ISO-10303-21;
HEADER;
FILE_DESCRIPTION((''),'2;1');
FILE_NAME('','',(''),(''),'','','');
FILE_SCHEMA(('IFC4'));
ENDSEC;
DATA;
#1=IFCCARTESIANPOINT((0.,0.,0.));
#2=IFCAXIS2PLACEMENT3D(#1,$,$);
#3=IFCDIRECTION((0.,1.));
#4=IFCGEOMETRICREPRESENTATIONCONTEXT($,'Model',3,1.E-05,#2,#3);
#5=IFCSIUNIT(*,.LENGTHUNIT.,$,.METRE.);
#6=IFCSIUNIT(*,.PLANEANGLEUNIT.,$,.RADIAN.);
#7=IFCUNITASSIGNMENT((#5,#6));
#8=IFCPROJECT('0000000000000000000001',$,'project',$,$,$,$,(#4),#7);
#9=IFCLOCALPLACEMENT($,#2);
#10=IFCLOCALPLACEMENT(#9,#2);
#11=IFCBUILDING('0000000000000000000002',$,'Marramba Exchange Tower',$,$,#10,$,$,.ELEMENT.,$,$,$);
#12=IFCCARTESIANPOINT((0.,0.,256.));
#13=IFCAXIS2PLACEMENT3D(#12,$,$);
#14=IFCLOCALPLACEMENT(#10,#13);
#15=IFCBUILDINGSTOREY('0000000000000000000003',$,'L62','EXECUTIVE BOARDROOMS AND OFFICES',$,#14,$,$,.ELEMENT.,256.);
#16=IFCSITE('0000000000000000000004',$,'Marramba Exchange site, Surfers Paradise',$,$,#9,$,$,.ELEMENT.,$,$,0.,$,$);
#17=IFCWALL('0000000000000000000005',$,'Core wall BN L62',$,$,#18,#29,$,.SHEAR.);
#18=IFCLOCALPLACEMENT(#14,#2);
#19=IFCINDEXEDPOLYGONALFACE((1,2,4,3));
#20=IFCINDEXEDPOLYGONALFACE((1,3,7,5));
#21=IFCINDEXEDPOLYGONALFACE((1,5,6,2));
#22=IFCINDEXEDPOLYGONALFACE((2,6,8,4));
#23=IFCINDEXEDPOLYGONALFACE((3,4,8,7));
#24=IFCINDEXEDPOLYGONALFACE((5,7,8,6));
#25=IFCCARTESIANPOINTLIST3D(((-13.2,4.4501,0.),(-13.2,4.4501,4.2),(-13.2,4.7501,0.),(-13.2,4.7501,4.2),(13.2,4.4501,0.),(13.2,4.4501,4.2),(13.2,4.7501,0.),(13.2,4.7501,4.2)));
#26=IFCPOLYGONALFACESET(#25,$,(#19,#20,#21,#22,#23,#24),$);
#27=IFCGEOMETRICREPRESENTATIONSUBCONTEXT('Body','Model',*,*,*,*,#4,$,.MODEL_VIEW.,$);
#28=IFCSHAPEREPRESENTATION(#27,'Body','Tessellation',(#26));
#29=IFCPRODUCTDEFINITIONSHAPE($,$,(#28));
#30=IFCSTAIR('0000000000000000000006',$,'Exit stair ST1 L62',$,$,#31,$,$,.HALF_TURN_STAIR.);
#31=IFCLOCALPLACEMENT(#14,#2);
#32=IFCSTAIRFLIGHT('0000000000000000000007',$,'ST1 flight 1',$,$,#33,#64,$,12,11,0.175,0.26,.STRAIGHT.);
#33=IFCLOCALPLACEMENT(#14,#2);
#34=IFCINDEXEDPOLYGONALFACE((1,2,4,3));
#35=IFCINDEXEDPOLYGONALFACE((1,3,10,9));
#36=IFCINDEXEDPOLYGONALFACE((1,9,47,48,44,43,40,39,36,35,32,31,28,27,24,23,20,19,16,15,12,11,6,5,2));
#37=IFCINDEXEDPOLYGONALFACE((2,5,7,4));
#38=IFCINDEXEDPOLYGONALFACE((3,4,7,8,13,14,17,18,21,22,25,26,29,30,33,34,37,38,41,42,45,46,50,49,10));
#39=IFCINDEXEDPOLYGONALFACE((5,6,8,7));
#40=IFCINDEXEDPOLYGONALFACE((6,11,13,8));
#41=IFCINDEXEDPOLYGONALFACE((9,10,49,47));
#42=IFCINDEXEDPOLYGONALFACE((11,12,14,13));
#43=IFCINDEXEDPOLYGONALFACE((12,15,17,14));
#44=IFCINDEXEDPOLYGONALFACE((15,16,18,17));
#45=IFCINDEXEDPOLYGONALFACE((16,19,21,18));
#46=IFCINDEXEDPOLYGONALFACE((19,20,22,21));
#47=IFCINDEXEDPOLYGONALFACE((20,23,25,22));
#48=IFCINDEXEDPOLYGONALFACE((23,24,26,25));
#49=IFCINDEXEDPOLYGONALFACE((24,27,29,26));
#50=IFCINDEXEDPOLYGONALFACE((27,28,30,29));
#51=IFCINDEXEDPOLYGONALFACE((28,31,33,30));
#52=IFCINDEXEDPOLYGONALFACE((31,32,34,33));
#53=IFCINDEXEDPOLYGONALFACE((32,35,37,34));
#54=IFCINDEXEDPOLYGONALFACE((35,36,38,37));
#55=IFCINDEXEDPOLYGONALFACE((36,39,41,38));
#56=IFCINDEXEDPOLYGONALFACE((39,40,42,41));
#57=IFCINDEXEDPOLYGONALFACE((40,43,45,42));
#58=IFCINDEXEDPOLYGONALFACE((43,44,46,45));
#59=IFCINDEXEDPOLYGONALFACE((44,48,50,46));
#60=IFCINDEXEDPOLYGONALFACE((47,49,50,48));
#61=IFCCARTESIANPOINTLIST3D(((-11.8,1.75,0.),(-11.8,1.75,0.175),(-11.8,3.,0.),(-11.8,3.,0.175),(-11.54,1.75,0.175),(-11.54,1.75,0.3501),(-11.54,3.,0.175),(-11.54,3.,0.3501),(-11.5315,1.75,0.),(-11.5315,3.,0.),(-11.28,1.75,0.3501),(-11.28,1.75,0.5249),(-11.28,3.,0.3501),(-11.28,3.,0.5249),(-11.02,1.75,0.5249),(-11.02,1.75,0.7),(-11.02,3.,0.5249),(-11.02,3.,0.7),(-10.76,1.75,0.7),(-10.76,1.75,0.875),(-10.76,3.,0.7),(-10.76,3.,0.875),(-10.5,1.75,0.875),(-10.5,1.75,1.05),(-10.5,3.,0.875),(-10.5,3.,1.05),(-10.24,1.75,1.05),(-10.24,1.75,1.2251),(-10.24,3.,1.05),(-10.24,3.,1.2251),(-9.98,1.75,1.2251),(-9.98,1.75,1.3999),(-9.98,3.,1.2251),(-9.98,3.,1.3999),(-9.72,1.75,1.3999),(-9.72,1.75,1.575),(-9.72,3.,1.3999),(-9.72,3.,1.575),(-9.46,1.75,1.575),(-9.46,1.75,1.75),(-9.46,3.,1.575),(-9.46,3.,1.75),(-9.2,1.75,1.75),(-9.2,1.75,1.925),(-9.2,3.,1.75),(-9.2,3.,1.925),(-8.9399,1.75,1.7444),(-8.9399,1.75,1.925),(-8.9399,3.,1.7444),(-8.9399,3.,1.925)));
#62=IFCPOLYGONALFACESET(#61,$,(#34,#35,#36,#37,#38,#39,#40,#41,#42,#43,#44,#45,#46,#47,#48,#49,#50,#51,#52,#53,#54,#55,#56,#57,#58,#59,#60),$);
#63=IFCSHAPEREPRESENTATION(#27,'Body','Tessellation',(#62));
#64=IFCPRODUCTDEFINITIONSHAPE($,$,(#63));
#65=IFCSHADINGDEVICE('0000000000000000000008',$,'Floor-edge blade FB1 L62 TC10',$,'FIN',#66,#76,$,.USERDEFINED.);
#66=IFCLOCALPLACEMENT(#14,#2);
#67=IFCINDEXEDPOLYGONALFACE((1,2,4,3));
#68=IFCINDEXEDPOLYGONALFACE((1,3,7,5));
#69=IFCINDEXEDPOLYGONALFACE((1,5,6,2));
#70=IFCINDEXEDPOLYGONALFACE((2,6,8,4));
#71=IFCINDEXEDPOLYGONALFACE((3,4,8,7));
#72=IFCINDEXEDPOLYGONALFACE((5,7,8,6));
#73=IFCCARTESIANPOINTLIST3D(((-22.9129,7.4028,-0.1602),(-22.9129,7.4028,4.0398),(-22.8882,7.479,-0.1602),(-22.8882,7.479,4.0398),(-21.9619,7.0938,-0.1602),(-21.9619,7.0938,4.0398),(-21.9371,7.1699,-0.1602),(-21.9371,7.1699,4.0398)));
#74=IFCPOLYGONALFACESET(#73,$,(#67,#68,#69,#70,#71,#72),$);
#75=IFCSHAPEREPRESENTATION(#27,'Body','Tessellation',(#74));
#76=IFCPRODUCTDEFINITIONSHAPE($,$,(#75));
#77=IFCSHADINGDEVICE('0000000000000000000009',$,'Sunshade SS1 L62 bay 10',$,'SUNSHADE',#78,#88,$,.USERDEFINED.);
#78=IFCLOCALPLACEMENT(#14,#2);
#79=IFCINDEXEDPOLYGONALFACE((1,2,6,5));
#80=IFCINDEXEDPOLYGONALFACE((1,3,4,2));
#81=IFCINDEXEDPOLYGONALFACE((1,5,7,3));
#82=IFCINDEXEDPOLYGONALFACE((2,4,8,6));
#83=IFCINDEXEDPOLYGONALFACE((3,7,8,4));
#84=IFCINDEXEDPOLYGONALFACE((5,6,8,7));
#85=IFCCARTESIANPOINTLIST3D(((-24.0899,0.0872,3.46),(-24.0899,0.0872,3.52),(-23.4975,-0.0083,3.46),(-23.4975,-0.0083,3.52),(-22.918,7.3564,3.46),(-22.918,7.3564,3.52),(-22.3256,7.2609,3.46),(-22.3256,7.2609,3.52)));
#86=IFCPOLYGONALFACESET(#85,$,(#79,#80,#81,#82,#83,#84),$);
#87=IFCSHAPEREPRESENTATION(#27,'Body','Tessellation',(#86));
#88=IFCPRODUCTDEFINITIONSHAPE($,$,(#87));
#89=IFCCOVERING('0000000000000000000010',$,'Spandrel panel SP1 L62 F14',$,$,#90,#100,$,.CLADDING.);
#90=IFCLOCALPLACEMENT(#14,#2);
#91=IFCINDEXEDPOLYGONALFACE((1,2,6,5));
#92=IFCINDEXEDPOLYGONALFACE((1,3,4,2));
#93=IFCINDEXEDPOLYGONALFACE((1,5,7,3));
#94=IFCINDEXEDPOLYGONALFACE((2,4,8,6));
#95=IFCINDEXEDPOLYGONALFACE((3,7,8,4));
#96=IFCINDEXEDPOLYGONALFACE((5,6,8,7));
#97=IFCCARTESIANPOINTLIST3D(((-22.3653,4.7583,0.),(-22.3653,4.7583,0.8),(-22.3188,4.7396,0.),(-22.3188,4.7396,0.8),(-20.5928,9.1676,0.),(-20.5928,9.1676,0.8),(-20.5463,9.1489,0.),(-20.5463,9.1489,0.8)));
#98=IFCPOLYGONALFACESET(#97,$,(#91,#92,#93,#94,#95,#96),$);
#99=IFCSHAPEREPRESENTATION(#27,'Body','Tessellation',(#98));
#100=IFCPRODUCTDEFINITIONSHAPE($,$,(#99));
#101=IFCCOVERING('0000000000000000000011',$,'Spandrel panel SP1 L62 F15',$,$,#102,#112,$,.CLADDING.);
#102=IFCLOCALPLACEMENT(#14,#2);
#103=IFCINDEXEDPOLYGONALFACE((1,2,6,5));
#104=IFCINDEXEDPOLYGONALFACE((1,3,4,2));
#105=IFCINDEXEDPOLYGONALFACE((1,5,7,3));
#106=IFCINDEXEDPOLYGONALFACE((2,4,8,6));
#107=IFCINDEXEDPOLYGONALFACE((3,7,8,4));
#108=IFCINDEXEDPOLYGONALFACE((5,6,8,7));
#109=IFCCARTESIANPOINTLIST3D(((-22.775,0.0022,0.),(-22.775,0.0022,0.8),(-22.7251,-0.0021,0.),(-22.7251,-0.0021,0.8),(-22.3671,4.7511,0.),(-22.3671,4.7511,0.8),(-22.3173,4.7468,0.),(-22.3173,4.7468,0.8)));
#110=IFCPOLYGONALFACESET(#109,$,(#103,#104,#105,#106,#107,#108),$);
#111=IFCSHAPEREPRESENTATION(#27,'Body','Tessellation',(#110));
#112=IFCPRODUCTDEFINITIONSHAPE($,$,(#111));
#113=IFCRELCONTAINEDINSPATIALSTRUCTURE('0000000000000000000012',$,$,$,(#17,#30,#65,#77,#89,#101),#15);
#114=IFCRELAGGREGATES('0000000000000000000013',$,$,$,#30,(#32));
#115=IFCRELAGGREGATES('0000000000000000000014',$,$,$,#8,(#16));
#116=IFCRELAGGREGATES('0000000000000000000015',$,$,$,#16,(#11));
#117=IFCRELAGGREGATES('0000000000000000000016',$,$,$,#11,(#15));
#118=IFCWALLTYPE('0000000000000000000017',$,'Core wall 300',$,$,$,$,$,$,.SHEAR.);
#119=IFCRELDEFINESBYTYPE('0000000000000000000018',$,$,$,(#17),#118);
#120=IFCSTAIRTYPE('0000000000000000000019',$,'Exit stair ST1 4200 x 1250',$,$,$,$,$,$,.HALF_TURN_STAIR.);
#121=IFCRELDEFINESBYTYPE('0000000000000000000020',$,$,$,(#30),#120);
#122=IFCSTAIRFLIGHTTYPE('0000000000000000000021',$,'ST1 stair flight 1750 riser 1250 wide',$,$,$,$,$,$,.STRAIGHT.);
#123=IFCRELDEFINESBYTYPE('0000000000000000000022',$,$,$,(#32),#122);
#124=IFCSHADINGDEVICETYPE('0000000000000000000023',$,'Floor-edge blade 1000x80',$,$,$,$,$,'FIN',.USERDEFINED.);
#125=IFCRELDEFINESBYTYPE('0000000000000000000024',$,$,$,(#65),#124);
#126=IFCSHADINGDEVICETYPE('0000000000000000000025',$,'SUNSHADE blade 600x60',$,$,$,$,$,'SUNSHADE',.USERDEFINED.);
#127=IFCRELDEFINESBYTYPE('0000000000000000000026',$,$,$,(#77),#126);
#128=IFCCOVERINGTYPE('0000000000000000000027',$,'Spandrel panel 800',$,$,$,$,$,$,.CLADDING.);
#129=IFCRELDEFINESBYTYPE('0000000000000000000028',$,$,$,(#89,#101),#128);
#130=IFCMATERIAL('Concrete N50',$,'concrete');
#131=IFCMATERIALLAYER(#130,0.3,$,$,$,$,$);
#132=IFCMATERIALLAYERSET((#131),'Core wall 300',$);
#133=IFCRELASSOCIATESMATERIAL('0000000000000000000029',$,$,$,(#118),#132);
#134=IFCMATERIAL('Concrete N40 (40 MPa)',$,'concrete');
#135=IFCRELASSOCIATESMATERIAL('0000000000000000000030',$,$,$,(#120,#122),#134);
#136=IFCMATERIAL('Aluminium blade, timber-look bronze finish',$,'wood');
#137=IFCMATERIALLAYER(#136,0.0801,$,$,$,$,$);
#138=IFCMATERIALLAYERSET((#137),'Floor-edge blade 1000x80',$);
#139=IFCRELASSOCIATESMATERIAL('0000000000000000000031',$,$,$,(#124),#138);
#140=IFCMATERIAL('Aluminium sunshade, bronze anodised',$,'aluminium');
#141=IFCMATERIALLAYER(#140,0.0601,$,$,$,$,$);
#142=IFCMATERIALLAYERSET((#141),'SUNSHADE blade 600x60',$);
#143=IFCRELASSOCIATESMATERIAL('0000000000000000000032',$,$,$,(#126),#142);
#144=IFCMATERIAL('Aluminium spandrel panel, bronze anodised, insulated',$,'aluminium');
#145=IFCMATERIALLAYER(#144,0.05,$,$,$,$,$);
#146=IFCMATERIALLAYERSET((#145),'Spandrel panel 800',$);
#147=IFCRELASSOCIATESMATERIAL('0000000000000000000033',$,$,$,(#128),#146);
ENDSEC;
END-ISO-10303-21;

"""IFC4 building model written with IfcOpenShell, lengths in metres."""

from ifc_helpers import new_model, si_unit, direction, frame, frame_2d, origin, origin_2d, place, context, subcontext, project, spatial, polyline, rectangle, outline, extrude, material, layer, layer_set, type_object, element, aggregate, save


model = new_model("IFC4")

# Units and contexts
model_context = context("Model", 3, precision=1e-05, world=origin(), true_north=direction((0.0, 1.0)))
body_context = subcontext(model_context, "Body", "Model", "MODEL_VIEW")
ifc_project = project(units=[si_unit("LENGTHUNIT", "METRE"), si_unit("PLANEANGLEUNIT", "RADIAN")], contexts=[model_context])

# Site, building, storey
site_placement = place(None, origin())
site = spatial("IfcSite", under=ifc_project, at=site_placement, Name="Marramba Exchange site, Surfers Paradise", CompositionType="ELEMENT", RefElevation=0.0)
building_placement = place(site_placement, origin())
building = spatial("IfcBuilding", under=site, at=building_placement, Name="Marramba Exchange Tower", CompositionType="ELEMENT")
storey_placement = place(building_placement, frame((0.0, 0.0, 256.0)))
storey = spatial("IfcBuildingStorey", under=building, at=storey_placement, Name="L62", Description="EXECUTIVE BOARDROOMS AND OFFICES", CompositionType="ELEMENT", Elevation=256.0)

# Shared definitions
ifc_material_1 = material(Name="Concrete N50", Category="concrete")

# Shared definitions
ifc_layer_1 = layer(ifc_material_1, 0.3)
ifc_layer_set_1 = layer_set([ifc_layer_1], Name="Core wall 300")
wall_type_1 = type_object("IfcWallType", Name="Core wall 300", PredefinedType="SHEAR", material=ifc_layer_set_1)

# Wall
wall_1_placement = place(storey_placement, frame((-13.2, 4.6001, 0.0), z_axis=(0.0, 0.0, 1.0), x_axis=(1.0, 0.0, 0.0)))
element("IfcWall", 1, at=wall_1_placement, inside=storey, type_object=wall_type_1, Name="Core wall BN L62", PredefinedType="SHEAR", context=body_context, shape_type="SweptSolid", body=[
    extrude(rectangle(XDim=26.3999, YDim=0.3, at=frame_2d((13.2, 0.0))), origin(), (0.0, 0.0, 1.0), 4.2),
])

# Stair, stair flight
ifc_material_2 = material(Name="Concrete N40 (40 MPa)", Category="concrete")
stair_type = type_object("IfcStairType", Name="Exit stair ST1 4200 x 1250", PredefinedType="HALF_TURN_STAIR", material=ifc_material_2)
stair_placement = place(storey_placement, origin())
stair = element("IfcStair", 2, at=stair_placement, inside=storey, type_object=stair_type, Name="Exit stair ST1 L62", PredefinedType="HALF_TURN_STAIR")
stair_flight_type = type_object("IfcStairFlightType", Name="ST1 stair flight 1750 riser 1250 wide", PredefinedType="STRAIGHT", material=ifc_material_2)
stair_flight_placement = place(storey_placement, frame((-11.8, 2.375, 0.0), z_axis=(0.0, 0.0, 1.0), x_axis=(1.0, 0.0, 0.0)))
stair_flight = element("IfcStairFlight", 3, at=stair_flight_placement, type_object=stair_flight_type, Name="ST1 flight 1", NumberOfRisers=12, NumberOfTreads=11, PredefinedType="STRAIGHT", RiserHeight=0.175, TreadLength=0.26, context=body_context, shape_type="SweptSolid", body=[
    extrude(outline(polyline([(0.0, 0.0), (0.0, 0.175), (0.26, 0.175), (0.26, 0.3501), (0.52, 0.3501), (0.52, 0.5249), (0.78, 0.5249), (0.78, 0.7), (1.04, 0.7), (1.04, 0.875), (1.3, 0.875), (1.3, 1.05), (1.5601, 1.05), (1.5601, 1.2251), (1.8201, 1.2251), (1.8201, 1.3999), (2.0801, 1.3999), (2.0801, 1.575), (2.3401, 1.575), (2.3401, 1.75), (2.6001, 1.75), (2.6001, 1.925), (2.8601, 1.925), (2.8601, 2.1001), (2.8601, 1.7444), (0.2686, 0.0), (0.0, 0.0)])), frame((0.0, 0.625, 0.0), z_axis=(0.0, -1.0, 0.0), x_axis=(1.0, 0.0, 0.0)), (0.0, 0.0, 1.0), 1.25),
])
aggregate(stair, [stair_flight])

# Shading devices
ifc_material_3 = material(Name="Aluminium blade, timber-look bronze finish", Category="wood")
ifc_layer_2 = layer(ifc_material_3, 0.0801)
ifc_layer_set_2 = layer_set([ifc_layer_2], Name="Floor-edge blade 1000x80")
shading_device_type_1 = type_object("IfcShadingDeviceType", Name="Floor-edge blade 1000x80", ElementType="FIN", PredefinedType="USERDEFINED", material=ifc_layer_set_2)
shading_device_1_placement = place(storey_placement, frame((-22.425, 7.2864, -0.1602), z_axis=(0.0, 0.0, 1.0), x_axis=(-0.951057, 0.309017, 0.0)))
element("IfcShadingDevice", 4, at=shading_device_1_placement, inside=storey, type_object=shading_device_type_1, Name="Floor-edge blade FB1 L62 TC10", ObjectType="FIN", PredefinedType="USERDEFINED", context=body_context, shape_type="SweptSolid", body=[
    extrude(rectangle(XDim=1.0, YDim=0.0801, at=origin_2d()), origin(), (0.0, 0.0, 1.0), 4.2),
])
ifc_material_4 = material(Name="Aluminium sunshade, bronze anodised", Category="aluminium")
ifc_layer_3 = layer(ifc_material_4, 0.0601)
ifc_layer_set_3 = layer_set([ifc_layer_3], Name="SUNSHADE blade 600x60")
shading_device_type_2 = type_object("IfcShadingDeviceType", Name="SUNSHADE blade 600x60", ElementType="SUNSHADE", PredefinedType="USERDEFINED", material=ifc_layer_set_3)
shading_device_2_placement = place(storey_placement, frame((-23.2078, 3.6741, 3.46), z_axis=(0.0, 0.0, 1.0), x_axis=(-0.159158, -0.987253, 0.0)))
element("IfcShadingDevice", 5, at=shading_device_2_placement, inside=storey, type_object=shading_device_type_2, Name="Sunshade SS1 L62 bay 10", ObjectType="SUNSHADE", PredefinedType="USERDEFINED", context=body_context, shape_type="SweptSolid", body=[
    extrude(rectangle(XDim=7.363, YDim=0.6001, at=origin_2d()), origin(), (0.0, 0.0, 1.0), 0.0601),
])

# Coverings
ifc_material_5 = material(Name="Aluminium spandrel panel, bronze anodised, insulated", Category="aluminium")
ifc_layer_4 = layer(ifc_material_5, 0.05)
ifc_layer_set_4 = layer_set([ifc_layer_4], Name="Spandrel panel 800")
covering_type = type_object("IfcCoveringType", Name="Spandrel panel 800", PredefinedType="CLADDING", material=ifc_layer_set_4)
covering_1_placement = place(storey_placement, frame((-21.4558, 6.9536, 0.0), z_axis=(0.0, 0.0, 1.0), x_axis=(-0.372983, -0.927838, 0.0)))
element("IfcCovering", 6, at=covering_1_placement, inside=storey, type_object=covering_type, Name="Spandrel panel SP1 L62 F14", PredefinedType="CLADDING", context=body_context, shape_type="SweptSolid", body=[
    extrude(rectangle(XDim=4.7522, YDim=0.05, at=origin_2d()), origin(), (0.0, 0.0, 1.0), 0.8),
])
covering_2_placement = place(storey_placement, frame((-22.5461, 2.3745, 0.0), z_axis=(0.0, 0.0, 1.0), x_axis=(-0.085574, -0.996332, 0.0)))
element("IfcCovering", 7, at=covering_2_placement, inside=storey, type_object=covering_type, Name="Spandrel panel SP1 L62 F15", PredefinedType="CLADDING", context=body_context, shape_type="SweptSolid", body=[
    extrude(rectangle(XDim=4.7664, YDim=0.05, at=origin_2d()), origin(), (0.0, 0.0, 1.0), 0.8),
])

save(model, "model.ifc")
